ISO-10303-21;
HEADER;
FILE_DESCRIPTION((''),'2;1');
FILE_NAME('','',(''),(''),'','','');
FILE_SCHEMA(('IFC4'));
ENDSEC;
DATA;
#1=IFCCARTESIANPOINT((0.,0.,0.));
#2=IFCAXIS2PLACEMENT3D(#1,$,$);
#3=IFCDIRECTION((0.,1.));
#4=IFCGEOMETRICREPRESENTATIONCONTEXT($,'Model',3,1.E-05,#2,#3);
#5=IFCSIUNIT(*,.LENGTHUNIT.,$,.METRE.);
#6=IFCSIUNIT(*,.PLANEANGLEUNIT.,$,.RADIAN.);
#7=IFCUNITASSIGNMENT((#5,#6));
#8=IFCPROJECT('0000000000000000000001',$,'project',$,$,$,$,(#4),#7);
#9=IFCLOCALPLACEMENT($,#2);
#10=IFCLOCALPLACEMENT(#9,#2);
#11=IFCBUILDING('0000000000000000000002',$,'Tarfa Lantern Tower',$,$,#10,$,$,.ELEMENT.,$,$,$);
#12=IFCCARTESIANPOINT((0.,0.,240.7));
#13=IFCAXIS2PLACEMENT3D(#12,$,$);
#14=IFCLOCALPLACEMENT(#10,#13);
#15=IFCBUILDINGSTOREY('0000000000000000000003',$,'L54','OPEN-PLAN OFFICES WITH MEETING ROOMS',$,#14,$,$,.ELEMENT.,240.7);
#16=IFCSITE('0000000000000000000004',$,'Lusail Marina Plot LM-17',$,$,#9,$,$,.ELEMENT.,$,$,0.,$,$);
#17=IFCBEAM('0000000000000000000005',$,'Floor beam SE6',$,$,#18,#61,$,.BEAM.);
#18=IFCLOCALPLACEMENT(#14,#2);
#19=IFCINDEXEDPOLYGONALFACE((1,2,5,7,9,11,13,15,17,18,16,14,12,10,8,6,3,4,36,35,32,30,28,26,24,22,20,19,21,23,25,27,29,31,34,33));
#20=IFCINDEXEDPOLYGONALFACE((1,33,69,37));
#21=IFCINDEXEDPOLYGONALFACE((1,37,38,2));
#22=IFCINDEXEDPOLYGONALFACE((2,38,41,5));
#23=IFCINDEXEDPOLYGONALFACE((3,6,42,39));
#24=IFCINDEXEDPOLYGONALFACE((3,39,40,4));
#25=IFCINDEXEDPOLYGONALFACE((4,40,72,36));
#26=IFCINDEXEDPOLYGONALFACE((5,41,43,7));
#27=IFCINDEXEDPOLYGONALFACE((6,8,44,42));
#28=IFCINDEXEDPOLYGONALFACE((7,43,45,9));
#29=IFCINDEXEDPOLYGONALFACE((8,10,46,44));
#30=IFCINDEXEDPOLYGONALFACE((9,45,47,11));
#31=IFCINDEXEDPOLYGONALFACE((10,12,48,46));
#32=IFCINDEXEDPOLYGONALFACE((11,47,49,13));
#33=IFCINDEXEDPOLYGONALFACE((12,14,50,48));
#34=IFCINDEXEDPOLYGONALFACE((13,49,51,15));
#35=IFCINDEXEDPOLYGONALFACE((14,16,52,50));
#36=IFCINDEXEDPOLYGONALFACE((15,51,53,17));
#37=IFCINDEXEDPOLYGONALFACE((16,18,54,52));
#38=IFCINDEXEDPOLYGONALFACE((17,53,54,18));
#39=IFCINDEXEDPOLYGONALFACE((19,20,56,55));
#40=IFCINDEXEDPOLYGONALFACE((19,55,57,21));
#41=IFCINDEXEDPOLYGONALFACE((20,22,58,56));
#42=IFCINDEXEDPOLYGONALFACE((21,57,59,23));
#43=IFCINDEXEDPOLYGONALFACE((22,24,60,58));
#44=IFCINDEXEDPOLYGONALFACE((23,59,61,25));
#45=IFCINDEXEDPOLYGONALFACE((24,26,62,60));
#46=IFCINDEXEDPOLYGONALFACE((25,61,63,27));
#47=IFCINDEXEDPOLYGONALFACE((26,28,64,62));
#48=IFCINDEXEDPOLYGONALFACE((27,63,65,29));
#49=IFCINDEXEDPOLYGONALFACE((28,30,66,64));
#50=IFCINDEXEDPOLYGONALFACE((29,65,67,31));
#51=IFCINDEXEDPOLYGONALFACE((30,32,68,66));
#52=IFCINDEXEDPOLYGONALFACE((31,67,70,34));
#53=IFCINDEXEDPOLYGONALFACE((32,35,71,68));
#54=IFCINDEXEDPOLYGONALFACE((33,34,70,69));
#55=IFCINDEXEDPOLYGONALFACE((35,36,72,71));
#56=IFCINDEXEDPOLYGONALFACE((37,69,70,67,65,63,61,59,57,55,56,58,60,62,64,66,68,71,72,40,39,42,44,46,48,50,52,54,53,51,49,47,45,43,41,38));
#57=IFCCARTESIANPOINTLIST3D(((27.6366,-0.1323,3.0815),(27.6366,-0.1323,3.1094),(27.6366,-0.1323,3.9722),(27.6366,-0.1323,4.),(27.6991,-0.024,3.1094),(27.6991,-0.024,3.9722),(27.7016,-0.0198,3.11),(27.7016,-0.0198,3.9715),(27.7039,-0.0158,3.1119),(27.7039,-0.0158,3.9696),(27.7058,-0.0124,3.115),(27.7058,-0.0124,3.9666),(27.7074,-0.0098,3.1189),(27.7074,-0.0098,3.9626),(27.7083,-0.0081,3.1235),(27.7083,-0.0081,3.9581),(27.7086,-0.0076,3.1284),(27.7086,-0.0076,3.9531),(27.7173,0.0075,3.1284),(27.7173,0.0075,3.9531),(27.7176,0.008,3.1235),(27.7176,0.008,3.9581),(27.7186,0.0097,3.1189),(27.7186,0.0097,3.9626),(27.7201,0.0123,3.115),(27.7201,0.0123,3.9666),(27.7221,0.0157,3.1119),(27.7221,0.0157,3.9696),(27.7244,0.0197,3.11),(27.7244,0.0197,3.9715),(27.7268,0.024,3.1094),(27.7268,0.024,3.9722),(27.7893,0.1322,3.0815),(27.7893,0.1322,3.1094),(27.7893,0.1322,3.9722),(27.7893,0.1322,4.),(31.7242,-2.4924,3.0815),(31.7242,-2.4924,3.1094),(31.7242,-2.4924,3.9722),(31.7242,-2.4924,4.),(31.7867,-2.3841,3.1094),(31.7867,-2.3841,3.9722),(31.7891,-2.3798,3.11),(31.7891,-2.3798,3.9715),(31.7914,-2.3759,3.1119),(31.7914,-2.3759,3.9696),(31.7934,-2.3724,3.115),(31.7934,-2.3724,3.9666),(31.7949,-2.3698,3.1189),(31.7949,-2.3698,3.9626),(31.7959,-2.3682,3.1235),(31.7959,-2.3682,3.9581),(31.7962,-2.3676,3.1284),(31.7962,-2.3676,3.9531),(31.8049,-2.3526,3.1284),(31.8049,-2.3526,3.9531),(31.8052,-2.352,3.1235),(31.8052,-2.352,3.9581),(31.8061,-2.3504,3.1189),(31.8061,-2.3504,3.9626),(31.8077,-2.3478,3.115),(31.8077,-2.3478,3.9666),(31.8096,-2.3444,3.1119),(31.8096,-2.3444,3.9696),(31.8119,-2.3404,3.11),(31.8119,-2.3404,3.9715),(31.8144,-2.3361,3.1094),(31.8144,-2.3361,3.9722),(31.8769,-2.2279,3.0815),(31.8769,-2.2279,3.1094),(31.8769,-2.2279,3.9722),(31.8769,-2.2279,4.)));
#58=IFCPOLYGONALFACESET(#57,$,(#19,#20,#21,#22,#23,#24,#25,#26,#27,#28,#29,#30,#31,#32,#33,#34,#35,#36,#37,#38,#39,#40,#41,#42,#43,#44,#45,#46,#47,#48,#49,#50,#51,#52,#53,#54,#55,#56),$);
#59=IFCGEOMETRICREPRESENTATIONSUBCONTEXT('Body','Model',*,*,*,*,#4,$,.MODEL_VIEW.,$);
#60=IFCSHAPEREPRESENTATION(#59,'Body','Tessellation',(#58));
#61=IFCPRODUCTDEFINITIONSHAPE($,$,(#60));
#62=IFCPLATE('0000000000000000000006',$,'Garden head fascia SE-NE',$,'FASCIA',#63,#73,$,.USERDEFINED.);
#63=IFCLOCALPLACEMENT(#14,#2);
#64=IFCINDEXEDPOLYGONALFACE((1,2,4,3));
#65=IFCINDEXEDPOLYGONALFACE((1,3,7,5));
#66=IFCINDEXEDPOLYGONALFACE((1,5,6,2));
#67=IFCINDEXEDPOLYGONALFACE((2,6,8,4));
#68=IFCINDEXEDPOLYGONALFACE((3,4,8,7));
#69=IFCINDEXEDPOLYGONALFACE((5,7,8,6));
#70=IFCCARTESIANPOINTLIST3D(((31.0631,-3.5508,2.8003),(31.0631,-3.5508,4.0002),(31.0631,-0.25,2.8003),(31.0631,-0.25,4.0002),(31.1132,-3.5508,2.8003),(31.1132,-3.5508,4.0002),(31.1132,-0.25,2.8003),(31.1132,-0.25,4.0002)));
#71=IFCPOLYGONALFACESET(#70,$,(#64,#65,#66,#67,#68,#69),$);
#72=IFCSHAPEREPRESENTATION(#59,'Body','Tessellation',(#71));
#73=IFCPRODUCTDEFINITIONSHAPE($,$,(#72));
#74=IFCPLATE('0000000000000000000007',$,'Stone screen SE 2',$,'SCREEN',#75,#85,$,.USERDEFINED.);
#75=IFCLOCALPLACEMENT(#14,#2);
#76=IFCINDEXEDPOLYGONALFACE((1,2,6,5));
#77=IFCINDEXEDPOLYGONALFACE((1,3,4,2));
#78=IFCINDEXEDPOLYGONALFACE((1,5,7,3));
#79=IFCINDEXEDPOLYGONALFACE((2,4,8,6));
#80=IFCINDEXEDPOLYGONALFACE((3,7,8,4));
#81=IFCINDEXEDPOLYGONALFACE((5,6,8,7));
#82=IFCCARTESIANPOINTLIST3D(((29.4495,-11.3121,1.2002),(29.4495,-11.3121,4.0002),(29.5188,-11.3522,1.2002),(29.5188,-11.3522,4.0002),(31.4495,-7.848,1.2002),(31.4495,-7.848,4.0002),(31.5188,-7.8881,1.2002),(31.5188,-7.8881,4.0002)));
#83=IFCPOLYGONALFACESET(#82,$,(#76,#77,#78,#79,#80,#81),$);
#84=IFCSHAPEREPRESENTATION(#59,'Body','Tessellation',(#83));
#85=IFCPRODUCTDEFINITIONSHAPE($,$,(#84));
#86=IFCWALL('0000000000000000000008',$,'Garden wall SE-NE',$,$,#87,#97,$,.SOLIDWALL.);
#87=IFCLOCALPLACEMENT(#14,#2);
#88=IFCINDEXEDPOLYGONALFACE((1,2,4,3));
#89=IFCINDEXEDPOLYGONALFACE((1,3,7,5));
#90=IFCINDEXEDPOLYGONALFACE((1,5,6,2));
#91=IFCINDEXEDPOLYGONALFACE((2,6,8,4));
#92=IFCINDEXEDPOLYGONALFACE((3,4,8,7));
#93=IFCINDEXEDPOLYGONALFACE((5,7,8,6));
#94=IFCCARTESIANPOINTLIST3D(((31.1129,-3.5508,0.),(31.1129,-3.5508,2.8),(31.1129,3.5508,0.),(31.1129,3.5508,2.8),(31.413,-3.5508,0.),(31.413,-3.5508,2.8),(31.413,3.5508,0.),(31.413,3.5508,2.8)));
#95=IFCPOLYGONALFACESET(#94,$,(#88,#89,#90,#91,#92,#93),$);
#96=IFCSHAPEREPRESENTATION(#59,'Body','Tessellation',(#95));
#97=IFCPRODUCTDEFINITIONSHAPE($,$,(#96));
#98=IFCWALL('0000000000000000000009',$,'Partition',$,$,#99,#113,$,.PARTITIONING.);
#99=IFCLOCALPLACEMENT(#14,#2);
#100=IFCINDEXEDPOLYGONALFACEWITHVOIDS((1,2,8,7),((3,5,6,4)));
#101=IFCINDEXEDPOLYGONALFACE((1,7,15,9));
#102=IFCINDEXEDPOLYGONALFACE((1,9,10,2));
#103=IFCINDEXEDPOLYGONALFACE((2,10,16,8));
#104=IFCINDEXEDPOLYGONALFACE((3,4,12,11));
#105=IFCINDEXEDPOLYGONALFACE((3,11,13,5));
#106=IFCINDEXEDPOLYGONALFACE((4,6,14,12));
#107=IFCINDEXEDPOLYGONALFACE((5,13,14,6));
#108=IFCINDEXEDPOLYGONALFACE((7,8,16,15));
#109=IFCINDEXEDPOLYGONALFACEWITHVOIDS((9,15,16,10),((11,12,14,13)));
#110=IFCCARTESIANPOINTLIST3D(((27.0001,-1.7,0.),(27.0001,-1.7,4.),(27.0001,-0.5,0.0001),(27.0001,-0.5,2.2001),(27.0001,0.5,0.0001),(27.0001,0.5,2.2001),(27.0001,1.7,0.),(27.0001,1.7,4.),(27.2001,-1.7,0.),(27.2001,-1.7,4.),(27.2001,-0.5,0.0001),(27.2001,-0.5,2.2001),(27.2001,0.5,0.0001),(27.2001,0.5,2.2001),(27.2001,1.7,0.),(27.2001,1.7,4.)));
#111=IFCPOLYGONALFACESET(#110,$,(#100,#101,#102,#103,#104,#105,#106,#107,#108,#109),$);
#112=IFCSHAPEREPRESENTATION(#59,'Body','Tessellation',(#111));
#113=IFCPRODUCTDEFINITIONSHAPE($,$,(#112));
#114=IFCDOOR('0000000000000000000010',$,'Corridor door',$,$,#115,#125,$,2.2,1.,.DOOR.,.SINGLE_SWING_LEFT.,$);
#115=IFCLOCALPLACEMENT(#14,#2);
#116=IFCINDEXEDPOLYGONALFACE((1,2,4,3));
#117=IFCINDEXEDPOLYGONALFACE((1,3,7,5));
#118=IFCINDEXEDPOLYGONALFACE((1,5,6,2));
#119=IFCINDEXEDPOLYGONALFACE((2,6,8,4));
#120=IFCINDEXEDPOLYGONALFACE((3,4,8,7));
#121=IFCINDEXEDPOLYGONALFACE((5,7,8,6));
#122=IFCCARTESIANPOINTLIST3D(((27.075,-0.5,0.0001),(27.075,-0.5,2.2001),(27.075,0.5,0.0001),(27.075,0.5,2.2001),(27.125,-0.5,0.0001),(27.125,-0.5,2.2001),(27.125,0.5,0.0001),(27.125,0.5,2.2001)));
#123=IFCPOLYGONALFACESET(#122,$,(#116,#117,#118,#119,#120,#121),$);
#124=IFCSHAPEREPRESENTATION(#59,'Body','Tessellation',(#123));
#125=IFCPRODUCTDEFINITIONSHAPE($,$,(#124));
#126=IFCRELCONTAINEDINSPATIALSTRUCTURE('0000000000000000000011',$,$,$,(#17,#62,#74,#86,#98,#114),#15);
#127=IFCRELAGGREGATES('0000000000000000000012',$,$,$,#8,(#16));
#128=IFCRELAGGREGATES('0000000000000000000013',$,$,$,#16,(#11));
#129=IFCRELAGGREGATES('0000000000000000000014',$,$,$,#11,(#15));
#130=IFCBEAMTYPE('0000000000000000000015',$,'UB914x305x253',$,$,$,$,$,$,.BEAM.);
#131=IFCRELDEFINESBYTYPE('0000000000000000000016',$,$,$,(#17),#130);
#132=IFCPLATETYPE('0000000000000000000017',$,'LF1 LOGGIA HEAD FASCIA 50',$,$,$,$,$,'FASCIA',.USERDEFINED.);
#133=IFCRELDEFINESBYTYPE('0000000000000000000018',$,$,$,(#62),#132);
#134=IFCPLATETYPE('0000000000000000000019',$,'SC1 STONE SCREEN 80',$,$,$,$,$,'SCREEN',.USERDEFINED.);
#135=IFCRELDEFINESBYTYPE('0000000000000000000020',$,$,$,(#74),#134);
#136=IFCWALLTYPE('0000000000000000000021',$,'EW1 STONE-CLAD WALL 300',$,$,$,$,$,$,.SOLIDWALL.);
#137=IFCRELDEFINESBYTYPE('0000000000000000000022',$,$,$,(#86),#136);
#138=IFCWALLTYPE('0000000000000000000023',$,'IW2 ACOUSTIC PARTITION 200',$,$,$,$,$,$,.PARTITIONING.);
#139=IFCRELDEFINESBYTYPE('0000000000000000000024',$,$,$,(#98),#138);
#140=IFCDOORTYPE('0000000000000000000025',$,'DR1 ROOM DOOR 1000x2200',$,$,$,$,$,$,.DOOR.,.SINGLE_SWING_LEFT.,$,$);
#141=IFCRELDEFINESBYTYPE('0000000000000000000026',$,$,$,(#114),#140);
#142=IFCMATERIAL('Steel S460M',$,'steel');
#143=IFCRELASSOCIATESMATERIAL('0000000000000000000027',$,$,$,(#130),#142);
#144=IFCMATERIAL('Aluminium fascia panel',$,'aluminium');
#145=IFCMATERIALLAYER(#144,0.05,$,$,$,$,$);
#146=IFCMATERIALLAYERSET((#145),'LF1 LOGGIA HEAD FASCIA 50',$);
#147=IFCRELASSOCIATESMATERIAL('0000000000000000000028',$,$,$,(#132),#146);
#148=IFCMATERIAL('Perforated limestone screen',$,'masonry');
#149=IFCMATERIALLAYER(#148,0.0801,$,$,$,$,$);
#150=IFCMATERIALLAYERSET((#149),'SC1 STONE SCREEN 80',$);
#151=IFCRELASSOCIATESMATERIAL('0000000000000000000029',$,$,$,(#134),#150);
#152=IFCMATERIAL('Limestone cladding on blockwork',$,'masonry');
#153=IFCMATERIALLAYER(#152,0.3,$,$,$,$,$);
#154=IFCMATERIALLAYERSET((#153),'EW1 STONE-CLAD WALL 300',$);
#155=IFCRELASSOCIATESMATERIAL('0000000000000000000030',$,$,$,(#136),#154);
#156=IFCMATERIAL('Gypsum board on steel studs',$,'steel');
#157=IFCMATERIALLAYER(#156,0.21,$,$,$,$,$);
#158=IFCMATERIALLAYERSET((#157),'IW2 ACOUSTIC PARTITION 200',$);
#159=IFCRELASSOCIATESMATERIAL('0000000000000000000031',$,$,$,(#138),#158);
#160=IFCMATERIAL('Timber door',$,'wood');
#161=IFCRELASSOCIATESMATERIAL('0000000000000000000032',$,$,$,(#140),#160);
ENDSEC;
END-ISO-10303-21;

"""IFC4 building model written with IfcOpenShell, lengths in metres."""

from ifc_helpers import new_model, si_unit, direction, frame, frame_2d, origin, origin_2d, place, context, subcontext, project, spatial, rectangle, i_section, extrude, material, layer, layer_set, material_profile, profile_set, type_object, element, fill, save


model = new_model("IFC4")

# Units and contexts
model_context = context("Model", 3, precision=1e-05, world=origin(), true_north=direction((0.0, 1.0)))
body_context = subcontext(model_context, "Body", "Model", "MODEL_VIEW")
ifc_project = project(units=[si_unit("LENGTHUNIT", "METRE"), si_unit("PLANEANGLEUNIT", "RADIAN")], contexts=[model_context])

# Site, building, storey
site_placement = place(None, origin())
site = spatial("IfcSite", under=ifc_project, at=site_placement, Name="Lusail Marina Plot LM-17", CompositionType="ELEMENT", RefElevation=0.0)
building_placement = place(site_placement, origin())
building = spatial("IfcBuilding", under=site, at=building_placement, Name="Tarfa Lantern Tower", CompositionType="ELEMENT")
storey_placement = place(building_placement, frame((0.0, 0.0, 240.7)))
storey = spatial("IfcBuildingStorey", under=building, at=storey_placement, Name="L54", Description="OPEN-PLAN OFFICES WITH MEETING ROOMS", CompositionType="ELEMENT", Elevation=240.7)

# Beam
ifc_material_1 = material(Name="Steel S460M", Category="steel")
ifc_material_profile_1 = material_profile(ifc_material_1, i_section(OverallWidth=0.3054, OverallDepth=0.9185, WebThickness=0.0173, FlangeThickness=0.0278, FilletRadius=0.019, at=origin_2d()), Name="UB914x305x253")
ifc_profile_set_1 = profile_set([ifc_material_profile_1], Name="Steel S460M")
beam_type_1 = type_object("IfcBeamType", Name="UB914x305x253", PredefinedType="BEAM", material=ifc_profile_set_1)
beam_1_placement = place(storey_placement, frame((31.8005, -2.3601, 3.5408), z_axis=(-0.866016, 0.500016, 0.0), x_axis=(-0.500016, -0.866016, 0.0)))
element("IfcBeam", 1, at=beam_1_placement, inside=storey, type_object=beam_type_1, Name="Floor beam SE6", PredefinedType="BEAM", context=body_context, shape_type="SweptSolid", body=[
    extrude(i_section(OverallWidth=0.3054, OverallDepth=0.9185, WebThickness=0.0173, FlangeThickness=0.0278, FilletRadius=0.019, at=origin_2d()), origin(), (0.0, 0.0, 1.0), 4.72),
])

# Plates
ifc_material_2 = material(Name="Aluminium fascia panel", Category="aluminium")
ifc_layer_1 = layer(ifc_material_2, 0.05)
ifc_layer_set_1 = layer_set([ifc_layer_1], Name="LF1 LOGGIA HEAD FASCIA 50")
plate_type_1 = type_object("IfcPlateType", Name="LF1 LOGGIA HEAD FASCIA 50", ElementType="FASCIA", PredefinedType="USERDEFINED", material=ifc_layer_set_1)
plate_1_placement = place(storey_placement, frame((31.0881, -1.9004, 2.8003), z_axis=(0.0, 0.0, 1.0), x_axis=(0.0, 1.0, 0.0)))
element("IfcPlate", 2, at=plate_1_placement, inside=storey, type_object=plate_type_1, Name="Garden head fascia SE-NE", ObjectType="FASCIA", PredefinedType="USERDEFINED", context=body_context, shape_type="SweptSolid", body=[
    extrude(rectangle(XDim=3.3008, YDim=0.05, at=origin_2d()), origin(), (0.0, 0.0, 1.0), 1.2),
])
ifc_material_3 = material(Name="Perforated limestone screen", Category="masonry")
ifc_layer_2 = layer(ifc_material_3, 0.0801)
ifc_layer_set_2 = layer_set([ifc_layer_2], Name="SC1 STONE SCREEN 80")
plate_type_2 = type_object("IfcPlateType", Name="SC1 STONE SCREEN 80", ElementType="SCREEN", PredefinedType="USERDEFINED", material=ifc_layer_set_2)
plate_2_placement = place(storey_placement, frame((30.4841, -9.6001, 1.2002), z_axis=(0.0, 0.0, 1.0), x_axis=(0.5, 0.866025, 0.0)))
element("IfcPlate", 3, at=plate_2_placement, inside=storey, type_object=plate_type_2, Name="Stone screen SE 2", ObjectType="SCREEN", PredefinedType="USERDEFINED", context=body_context, shape_type="SweptSolid", body=[
    extrude(rectangle(XDim=4.0, YDim=0.0801, at=origin_2d()), origin(), (0.0, 0.0, 1.0), 2.8),
])

# Wall
ifc_material_4 = material(Name="Limestone cladding on blockwork", Category="masonry")
ifc_layer_3 = layer(ifc_material_4, 0.3)
ifc_layer_set_3 = layer_set([ifc_layer_3], Name="EW1 STONE-CLAD WALL 300")
wall_type_1 = type_object("IfcWallType", Name="EW1 STONE-CLAD WALL 300", PredefinedType="SOLIDWALL", material=ifc_layer_set_3)
wall_1_placement = place(storey_placement, frame((31.2629, -3.5508, 0.0), z_axis=(0.0, 0.0, 1.0), x_axis=(0.0, 1.0, 0.0)))
element("IfcWall", 4, at=wall_1_placement, inside=storey, type_object=wall_type_1, Name="Garden wall SE-NE", PredefinedType="SOLIDWALL", context=body_context, shape_type="SweptSolid", body=[
    extrude(rectangle(XDim=7.1016, YDim=0.3, at=frame_2d((3.5508, 0.0))), origin(), (0.0, 0.0, 1.0), 2.8),
])

# Wall, opening, door
ifc_material_5 = material(Name="Gypsum board on steel studs", Category="steel")
ifc_layer_4 = layer(ifc_material_5, 0.21)
ifc_layer_set_4 = layer_set([ifc_layer_4], Name="IW2 ACOUSTIC PARTITION 200")
wall_type_2 = type_object("IfcWallType", Name="IW2 ACOUSTIC PARTITION 200", PredefinedType="PARTITIONING", material=ifc_layer_set_4)
wall_2_placement = place(storey_placement, frame((27.1001, -1.7, 0.0), z_axis=(0.0, 0.0, 1.0), x_axis=(0.0, 1.0, 0.0)))
wall_2 = element("IfcWall", 5, at=wall_2_placement, inside=storey, type_object=wall_type_2, Name="Partition", PredefinedType="PARTITIONING", context=body_context, shape_type="SweptSolid", body=[
    extrude(rectangle(XDim=3.3999, YDim=0.2, at=frame_2d((1.7, 0.0))), origin(), (0.0, 0.0, 1.0), 4.0),
])
opening_placement = place(wall_2_placement, frame((1.2, 0.0, 0.0)))
opening = element("IfcOpeningElement", 6, at=opening_placement, cuts=wall_2, PredefinedType="OPENING", context=body_context, shape_type="SweptSolid", body=[
    extrude(rectangle(XDim=1.0, YDim=2.2, at=frame_2d((0.5, 1.1001))), frame((0.0, 0.1099, 0.0), z_axis=(0.0, -1.0, 0.0), x_axis=(1.0, 0.0, 0.0)), (0.0, 0.0, 1.0), 0.22),
])
ifc_material_6 = material(Name="Timber door", Category="wood")
door_type = type_object("IfcDoorType", Name="DR1 ROOM DOOR 1000x2200", OperationType="SINGLE_SWING_LEFT", PredefinedType="DOOR", material=ifc_material_6)
door_placement = place(opening_placement, frame((1.0, 0.0, 0.0), z_axis=(0.0, 0.0, 1.0), x_axis=(-1.0, 0.0, 0.0)))
door = element("IfcDoor", 7, at=door_placement, inside=storey, type_object=door_type, Name="Corridor door", OperationType="SINGLE_SWING_LEFT", OverallHeight=2.2, OverallWidth=1.0, PredefinedType="DOOR", context=body_context, shape_type="SweptSolid", body=[
    extrude(rectangle(XDim=1.0, YDim=2.2, at=frame_2d((0.5, 1.1001))), frame((0.0, 0.0249, 0.0), z_axis=(0.0, -1.0, 0.0), x_axis=(1.0, 0.0, 0.0)), (0.0, 0.0, 1.0), 0.05),
])
fill(opening, door)

save(model, "model.ifc")
